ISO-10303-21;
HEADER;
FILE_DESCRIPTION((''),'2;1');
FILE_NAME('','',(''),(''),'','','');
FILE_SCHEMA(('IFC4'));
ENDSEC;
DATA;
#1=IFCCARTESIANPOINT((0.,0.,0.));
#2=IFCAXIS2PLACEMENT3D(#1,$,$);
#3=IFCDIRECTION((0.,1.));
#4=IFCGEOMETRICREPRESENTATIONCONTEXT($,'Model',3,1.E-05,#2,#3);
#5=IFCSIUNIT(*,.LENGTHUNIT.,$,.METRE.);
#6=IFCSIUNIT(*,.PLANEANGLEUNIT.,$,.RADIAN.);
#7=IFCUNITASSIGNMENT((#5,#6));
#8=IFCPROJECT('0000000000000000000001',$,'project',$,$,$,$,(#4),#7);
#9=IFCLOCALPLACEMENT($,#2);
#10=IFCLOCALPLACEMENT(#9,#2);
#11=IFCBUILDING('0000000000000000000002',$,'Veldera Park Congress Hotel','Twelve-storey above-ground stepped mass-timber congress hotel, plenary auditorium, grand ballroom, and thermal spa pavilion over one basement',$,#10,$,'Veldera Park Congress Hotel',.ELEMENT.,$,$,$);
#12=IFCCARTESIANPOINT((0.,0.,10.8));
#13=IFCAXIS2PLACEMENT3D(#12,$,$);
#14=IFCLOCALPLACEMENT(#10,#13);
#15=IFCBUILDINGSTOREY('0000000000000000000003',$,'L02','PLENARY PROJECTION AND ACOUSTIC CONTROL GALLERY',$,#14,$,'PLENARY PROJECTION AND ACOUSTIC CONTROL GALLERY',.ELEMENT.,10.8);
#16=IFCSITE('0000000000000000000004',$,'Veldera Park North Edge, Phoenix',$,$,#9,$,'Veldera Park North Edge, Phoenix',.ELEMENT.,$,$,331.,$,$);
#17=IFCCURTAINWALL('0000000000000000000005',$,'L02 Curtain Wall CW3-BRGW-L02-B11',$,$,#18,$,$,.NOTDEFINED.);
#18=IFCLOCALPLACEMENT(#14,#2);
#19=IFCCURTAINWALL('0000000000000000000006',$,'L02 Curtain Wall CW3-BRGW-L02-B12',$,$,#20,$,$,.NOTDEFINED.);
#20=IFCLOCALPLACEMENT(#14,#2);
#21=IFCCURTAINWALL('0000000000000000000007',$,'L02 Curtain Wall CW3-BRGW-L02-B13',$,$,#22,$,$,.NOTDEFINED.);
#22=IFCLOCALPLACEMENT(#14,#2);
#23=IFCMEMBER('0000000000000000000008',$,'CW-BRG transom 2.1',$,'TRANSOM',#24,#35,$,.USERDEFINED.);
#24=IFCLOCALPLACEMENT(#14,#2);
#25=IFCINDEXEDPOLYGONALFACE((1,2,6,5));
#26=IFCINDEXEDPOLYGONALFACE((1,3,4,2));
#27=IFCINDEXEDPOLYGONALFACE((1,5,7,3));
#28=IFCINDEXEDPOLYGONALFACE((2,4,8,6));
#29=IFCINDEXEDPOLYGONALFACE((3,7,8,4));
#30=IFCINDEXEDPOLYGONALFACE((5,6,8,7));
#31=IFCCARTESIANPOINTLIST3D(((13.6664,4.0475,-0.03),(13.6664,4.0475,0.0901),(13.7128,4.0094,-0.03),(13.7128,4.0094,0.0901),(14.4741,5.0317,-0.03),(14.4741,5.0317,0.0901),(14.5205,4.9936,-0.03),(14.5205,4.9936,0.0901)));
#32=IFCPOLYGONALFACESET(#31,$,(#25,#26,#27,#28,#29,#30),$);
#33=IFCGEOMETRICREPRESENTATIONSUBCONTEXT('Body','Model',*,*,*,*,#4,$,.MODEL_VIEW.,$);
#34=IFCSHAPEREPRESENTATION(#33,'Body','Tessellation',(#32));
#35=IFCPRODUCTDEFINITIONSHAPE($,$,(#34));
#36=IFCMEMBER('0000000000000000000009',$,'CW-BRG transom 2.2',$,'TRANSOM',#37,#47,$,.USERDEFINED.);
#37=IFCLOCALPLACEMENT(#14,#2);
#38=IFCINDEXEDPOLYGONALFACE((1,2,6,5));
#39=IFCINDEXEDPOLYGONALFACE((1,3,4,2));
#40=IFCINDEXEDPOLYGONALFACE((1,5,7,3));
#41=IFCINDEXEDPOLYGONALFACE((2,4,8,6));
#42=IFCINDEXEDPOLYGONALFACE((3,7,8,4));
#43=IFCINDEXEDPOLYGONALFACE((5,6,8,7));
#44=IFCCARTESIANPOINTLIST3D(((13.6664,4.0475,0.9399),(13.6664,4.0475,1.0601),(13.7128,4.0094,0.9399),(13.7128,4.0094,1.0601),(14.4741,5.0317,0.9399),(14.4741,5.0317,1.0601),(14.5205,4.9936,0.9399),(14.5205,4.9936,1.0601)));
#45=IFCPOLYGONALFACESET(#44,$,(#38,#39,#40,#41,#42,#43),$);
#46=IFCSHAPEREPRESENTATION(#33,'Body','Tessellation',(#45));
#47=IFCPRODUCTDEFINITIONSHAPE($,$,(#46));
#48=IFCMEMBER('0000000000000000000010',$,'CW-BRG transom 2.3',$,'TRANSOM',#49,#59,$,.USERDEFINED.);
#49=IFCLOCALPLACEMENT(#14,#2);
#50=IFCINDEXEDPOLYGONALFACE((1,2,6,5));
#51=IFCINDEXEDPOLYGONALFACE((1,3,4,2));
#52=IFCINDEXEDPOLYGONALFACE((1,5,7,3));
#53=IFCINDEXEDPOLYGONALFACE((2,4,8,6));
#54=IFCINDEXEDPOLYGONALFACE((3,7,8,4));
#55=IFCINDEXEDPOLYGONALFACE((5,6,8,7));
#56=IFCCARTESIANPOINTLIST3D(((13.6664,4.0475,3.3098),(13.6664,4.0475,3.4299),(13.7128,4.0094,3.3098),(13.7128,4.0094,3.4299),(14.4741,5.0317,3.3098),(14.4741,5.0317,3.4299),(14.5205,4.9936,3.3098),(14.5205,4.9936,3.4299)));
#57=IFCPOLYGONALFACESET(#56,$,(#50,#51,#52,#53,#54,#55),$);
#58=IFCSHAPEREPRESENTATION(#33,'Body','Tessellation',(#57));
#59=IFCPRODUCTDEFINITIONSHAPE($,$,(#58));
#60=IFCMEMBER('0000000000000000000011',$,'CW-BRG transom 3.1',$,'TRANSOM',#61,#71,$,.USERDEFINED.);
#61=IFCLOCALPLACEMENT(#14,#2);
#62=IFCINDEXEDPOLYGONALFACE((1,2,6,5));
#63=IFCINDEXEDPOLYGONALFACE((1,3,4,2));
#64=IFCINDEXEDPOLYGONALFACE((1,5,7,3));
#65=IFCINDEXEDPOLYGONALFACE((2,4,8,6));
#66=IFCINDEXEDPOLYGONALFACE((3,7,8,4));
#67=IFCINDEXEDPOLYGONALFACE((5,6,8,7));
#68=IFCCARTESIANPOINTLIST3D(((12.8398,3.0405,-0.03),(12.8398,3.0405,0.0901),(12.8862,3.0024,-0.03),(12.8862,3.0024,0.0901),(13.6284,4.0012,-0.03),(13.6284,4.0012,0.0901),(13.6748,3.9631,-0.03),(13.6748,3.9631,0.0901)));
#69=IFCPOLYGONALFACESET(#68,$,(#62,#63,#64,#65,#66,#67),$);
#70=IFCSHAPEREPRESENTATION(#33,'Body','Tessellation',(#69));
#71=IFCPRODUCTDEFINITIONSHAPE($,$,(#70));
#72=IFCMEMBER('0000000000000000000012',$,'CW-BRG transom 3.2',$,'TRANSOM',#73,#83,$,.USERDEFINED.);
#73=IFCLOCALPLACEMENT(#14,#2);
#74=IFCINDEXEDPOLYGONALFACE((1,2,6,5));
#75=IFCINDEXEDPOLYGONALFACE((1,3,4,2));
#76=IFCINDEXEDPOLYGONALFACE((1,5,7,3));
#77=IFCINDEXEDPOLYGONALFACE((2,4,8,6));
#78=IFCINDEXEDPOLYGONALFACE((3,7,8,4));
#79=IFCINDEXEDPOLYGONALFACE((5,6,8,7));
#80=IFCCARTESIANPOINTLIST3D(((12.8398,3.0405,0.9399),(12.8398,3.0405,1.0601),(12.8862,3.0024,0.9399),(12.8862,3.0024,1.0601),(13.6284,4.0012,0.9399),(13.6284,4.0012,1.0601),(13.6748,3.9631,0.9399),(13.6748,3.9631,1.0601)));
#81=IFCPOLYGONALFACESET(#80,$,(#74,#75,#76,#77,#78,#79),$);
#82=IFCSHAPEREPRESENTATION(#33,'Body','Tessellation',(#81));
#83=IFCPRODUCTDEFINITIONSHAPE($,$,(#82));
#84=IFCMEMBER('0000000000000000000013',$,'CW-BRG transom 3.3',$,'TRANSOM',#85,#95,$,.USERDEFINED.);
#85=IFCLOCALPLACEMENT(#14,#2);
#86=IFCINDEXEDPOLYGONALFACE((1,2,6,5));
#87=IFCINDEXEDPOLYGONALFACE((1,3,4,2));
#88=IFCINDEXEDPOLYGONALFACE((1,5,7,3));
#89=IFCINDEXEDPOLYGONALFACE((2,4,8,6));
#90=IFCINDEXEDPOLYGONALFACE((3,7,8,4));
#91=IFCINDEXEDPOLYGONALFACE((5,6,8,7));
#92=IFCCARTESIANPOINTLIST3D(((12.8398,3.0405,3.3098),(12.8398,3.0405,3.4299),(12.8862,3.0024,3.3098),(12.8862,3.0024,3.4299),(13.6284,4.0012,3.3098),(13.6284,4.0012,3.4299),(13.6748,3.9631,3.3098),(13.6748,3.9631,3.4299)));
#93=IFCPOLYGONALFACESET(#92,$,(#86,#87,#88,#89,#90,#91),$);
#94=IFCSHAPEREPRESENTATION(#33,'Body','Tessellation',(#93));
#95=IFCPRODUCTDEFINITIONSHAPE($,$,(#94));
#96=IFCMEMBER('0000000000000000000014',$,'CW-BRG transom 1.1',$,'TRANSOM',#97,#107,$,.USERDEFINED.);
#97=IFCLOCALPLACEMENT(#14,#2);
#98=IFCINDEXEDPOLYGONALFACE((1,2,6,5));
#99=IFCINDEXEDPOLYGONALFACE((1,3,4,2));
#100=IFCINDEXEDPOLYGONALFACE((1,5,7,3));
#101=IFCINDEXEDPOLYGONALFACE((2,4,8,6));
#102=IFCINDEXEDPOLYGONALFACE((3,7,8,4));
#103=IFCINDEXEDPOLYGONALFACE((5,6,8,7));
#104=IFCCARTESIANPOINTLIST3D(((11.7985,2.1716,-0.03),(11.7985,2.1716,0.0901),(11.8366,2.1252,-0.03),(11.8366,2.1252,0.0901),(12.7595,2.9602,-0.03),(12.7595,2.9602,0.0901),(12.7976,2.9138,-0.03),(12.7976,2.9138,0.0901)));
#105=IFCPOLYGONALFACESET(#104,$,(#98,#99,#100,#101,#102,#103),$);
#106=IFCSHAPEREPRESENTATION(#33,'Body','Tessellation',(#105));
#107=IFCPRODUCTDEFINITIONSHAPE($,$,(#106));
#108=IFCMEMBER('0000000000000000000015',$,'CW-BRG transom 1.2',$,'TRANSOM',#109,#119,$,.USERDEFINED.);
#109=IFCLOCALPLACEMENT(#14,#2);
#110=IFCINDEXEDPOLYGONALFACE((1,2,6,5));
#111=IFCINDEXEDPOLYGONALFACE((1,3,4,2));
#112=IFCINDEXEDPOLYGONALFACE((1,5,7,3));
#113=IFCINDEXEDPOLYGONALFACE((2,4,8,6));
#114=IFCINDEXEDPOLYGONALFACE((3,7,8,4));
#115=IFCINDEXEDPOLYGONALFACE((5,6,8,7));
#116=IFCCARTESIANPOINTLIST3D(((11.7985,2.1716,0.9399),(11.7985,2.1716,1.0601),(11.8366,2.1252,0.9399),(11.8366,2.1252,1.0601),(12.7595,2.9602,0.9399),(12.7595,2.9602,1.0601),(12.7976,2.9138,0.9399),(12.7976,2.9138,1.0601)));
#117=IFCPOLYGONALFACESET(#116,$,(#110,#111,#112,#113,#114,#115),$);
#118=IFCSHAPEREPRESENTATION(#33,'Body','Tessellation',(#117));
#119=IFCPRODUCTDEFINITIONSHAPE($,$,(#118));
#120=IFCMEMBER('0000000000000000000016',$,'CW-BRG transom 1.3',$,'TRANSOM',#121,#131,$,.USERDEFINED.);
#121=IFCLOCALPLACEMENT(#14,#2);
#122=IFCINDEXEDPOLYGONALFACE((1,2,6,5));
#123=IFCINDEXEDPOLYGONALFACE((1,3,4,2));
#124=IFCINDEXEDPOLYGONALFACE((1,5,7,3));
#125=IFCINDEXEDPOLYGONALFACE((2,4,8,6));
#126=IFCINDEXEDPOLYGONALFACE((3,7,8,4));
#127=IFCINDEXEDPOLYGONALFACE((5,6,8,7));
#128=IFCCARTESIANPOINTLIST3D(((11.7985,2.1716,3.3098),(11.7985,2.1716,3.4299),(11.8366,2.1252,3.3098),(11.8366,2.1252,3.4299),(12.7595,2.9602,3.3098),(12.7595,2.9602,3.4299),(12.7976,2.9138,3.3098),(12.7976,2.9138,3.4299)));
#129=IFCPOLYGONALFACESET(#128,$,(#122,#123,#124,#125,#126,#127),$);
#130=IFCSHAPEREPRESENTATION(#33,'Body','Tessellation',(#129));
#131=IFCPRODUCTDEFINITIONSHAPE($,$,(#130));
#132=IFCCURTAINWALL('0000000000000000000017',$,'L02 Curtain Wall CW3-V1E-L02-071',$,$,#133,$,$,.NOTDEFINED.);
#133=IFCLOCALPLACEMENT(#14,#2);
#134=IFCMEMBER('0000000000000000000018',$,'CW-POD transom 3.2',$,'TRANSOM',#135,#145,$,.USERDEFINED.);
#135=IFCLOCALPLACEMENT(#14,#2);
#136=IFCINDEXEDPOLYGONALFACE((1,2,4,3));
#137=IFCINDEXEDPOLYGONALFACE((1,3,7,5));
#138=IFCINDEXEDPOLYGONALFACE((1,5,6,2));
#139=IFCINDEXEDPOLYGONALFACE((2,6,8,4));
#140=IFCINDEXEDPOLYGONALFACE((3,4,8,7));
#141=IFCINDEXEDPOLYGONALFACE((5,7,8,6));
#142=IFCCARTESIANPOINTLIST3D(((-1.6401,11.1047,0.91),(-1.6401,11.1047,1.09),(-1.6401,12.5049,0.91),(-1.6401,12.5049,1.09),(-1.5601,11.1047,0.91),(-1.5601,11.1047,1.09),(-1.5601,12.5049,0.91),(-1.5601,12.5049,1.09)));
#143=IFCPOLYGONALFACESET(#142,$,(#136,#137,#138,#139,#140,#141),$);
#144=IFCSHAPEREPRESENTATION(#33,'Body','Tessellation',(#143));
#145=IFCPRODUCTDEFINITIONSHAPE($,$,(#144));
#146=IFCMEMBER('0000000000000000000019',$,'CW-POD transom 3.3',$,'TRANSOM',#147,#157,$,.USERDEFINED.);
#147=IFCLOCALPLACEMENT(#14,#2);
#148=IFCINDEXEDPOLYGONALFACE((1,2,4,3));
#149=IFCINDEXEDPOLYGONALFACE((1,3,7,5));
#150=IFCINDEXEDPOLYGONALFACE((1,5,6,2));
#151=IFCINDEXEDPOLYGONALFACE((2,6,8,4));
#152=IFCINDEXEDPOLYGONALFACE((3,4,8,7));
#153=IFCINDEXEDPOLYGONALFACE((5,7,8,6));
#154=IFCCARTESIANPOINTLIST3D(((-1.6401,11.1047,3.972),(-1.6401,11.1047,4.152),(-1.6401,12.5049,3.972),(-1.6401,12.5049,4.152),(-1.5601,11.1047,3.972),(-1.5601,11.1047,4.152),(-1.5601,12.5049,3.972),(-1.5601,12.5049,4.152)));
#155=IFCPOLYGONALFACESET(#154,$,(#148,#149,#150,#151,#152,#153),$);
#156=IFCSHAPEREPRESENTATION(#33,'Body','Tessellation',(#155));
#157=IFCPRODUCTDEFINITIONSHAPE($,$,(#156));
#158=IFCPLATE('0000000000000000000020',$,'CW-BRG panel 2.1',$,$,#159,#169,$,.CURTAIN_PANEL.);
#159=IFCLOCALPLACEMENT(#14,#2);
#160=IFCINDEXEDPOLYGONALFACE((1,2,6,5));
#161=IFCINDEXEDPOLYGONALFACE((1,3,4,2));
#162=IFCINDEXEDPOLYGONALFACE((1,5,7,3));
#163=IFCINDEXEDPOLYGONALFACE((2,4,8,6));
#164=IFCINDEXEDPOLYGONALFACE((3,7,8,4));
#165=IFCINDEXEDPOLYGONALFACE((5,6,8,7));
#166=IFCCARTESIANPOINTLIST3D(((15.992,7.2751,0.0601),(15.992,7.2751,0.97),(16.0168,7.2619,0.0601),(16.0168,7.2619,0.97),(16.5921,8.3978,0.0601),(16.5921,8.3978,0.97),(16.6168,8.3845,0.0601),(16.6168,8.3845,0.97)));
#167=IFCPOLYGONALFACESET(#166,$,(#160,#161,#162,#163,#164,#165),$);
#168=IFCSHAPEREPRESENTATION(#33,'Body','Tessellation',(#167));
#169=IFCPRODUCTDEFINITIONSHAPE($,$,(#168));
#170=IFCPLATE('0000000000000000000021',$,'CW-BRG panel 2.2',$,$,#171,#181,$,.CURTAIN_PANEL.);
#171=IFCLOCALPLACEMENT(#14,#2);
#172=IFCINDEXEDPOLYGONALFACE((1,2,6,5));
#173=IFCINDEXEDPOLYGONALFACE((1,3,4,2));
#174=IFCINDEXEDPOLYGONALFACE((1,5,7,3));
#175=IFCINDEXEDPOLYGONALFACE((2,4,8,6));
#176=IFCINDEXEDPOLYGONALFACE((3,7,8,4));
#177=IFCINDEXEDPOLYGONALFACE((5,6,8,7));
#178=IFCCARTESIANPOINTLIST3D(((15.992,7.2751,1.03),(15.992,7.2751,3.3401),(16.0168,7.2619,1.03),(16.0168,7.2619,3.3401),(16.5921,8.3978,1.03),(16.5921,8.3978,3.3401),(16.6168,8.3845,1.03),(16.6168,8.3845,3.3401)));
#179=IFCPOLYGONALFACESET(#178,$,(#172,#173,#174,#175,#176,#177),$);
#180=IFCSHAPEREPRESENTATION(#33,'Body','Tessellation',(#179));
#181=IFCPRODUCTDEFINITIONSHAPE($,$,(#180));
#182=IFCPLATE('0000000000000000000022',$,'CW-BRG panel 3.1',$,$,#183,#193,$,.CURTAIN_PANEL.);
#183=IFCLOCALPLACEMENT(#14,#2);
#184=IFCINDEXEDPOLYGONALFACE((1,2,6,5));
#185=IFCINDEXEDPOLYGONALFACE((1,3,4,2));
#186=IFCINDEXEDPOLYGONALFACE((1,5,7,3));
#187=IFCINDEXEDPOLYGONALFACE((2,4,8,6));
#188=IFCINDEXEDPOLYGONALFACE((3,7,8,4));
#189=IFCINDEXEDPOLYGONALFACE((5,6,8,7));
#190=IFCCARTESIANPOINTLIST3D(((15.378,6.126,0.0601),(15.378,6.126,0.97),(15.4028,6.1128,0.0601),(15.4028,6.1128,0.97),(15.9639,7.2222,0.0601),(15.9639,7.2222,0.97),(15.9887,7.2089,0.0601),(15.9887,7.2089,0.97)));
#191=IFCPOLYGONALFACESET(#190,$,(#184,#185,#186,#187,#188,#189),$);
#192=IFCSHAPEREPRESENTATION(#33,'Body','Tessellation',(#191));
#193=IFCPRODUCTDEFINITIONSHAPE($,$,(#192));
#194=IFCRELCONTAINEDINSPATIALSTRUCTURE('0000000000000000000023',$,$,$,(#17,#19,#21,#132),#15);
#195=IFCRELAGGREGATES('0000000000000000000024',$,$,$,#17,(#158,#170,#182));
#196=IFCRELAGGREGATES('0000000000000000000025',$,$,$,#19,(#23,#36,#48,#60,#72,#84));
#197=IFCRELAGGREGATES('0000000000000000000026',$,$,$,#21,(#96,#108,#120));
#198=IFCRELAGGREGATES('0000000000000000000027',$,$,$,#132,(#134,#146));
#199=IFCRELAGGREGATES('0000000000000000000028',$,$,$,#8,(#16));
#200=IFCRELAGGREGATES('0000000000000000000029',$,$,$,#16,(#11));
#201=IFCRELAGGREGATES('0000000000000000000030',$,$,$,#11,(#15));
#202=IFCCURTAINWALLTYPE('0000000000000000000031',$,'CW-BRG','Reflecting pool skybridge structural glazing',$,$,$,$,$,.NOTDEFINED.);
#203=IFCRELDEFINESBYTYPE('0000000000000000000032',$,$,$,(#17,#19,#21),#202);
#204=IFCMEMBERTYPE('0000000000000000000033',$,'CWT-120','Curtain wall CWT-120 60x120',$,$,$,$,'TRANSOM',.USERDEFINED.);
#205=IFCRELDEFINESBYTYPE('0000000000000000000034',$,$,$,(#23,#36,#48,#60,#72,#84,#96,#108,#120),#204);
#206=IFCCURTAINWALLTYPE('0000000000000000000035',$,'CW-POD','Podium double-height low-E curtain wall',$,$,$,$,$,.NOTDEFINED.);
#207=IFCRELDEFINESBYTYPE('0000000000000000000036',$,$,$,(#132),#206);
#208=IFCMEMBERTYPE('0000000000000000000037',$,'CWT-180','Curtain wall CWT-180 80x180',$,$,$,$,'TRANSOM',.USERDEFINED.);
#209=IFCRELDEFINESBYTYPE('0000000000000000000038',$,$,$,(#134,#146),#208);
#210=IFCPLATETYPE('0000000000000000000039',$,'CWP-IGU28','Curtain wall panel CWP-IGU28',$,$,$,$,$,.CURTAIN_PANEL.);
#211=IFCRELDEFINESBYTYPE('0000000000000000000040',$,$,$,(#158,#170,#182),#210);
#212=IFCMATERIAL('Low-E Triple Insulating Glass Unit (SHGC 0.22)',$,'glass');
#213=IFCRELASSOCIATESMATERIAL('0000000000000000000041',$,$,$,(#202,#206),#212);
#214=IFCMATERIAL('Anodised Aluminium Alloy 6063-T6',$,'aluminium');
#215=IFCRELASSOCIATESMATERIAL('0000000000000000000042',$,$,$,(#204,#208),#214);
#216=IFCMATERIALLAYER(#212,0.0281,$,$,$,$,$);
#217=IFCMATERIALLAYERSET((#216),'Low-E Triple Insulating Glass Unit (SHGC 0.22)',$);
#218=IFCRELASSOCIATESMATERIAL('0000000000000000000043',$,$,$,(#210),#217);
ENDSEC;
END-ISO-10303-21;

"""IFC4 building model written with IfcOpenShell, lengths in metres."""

from ifc_helpers import new_model, si_unit, direction, frame, origin, origin_2d, place, context, subcontext, project, spatial, rectangle, extrude, material, layer, layer_set, material_profile, profile_set, type_object, element, aggregate, save


model = new_model("IFC4")

# Units and contexts
model_context = context("Model", 3, precision=1e-05, world=origin(), true_north=direction((0.0, 1.0)))
body_context = subcontext(model_context, "Body", "Model", "MODEL_VIEW")
ifc_project = project(units=[si_unit("LENGTHUNIT", "METRE"), si_unit("PLANEANGLEUNIT", "RADIAN")], contexts=[model_context])

# Site, building, storey
site_placement = place(None, origin())
site = spatial("IfcSite", under=ifc_project, at=site_placement, Name="Veldera Park North Edge, Phoenix", LongName="Veldera Park North Edge, Phoenix", CompositionType="ELEMENT", RefElevation=331.0)
building_placement = place(site_placement, origin())
building = spatial("IfcBuilding", under=site, at=building_placement, Name="Veldera Park Congress Hotel", Description="Twelve-storey above-ground stepped mass-timber congress hotel, plenary auditorium, grand ballroom, and thermal spa pavilion over one basement", LongName="Veldera Park Congress Hotel", CompositionType="ELEMENT")
storey_placement = place(building_placement, frame((0.0, 0.0, 10.8)))
storey = spatial("IfcBuildingStorey", under=building, at=storey_placement, Name="L02", Description="PLENARY PROJECTION AND ACOUSTIC CONTROL GALLERY", LongName="PLENARY PROJECTION AND ACOUSTIC CONTROL GALLERY", CompositionType="ELEMENT", Elevation=10.8)

# Curtain walls
ifc_material_1 = material(Name="Low-E Triple Insulating Glass Unit (SHGC 0.22)", Category="glass")
curtain_wall_type_1 = type_object("IfcCurtainWallType", Name="CW-BRG", Description="Reflecting pool skybridge structural glazing", PredefinedType="NOTDEFINED", material=ifc_material_1)
curtain_wall_1_placement = place(storey_placement, origin())
curtain_wall_1 = element("IfcCurtainWall", 1, at=curtain_wall_1_placement, inside=storey, type_object=curtain_wall_type_1, Name="L02 Curtain Wall CW3-BRGW-L02-B11", PredefinedType="NOTDEFINED")
ifc_material_2 = material(Name="Anodised Aluminium Alloy 6063-T6", Category="aluminium")
curtain_wall_2_placement = place(storey_placement, origin())
curtain_wall_2 = element("IfcCurtainWall", 2, at=curtain_wall_2_placement, inside=storey, type_object=curtain_wall_type_1, Name="L02 Curtain Wall CW3-BRGW-L02-B12", PredefinedType="NOTDEFINED")

# Curtain wall
curtain_wall_3_placement = place(storey_placement, origin())
curtain_wall_3 = element("IfcCurtainWall", 3, at=curtain_wall_3_placement, inside=storey, type_object=curtain_wall_type_1, Name="L02 Curtain Wall CW3-BRGW-L02-B13", PredefinedType="NOTDEFINED")

# Members
ifc_material_profile_1 = material_profile(ifc_material_2, rectangle(XDim=0.0601, YDim=0.1201, at=origin_2d()), Name="ALU 60x120")
ifc_profile_set_1 = profile_set([ifc_material_profile_1], Name="Anodised Aluminium Alloy 6063-T6")
member_type_1 = type_object("IfcMemberType", Name="CWT-120", Description="Curtain wall CWT-120 60x120", ElementType="TRANSOM", PredefinedType="USERDEFINED", material=ifc_profile_set_1)
member_1_placement = place(storey_placement, frame((14.4973, 5.0127, 0.03), z_axis=(-0.634375, -0.773025, 0.0), x_axis=(0.773025, -0.634375, 0.0)))
member_1 = element("IfcMember", 4, at=member_1_placement, type_object=member_type_1, Name="CW-BRG transom 2.1", ObjectType="TRANSOM", PredefinedType="USERDEFINED", context=body_context, shape_type="SweptSolid", body=[
    extrude(rectangle(XDim=0.0601, YDim=0.1201, at=origin_2d()), origin(), (0.0, 0.0, 1.0), 1.2732),
])
member_2_placement = place(storey_placement, frame((14.4973, 5.0127, 1.0), z_axis=(-0.634375, -0.773025, 0.0), x_axis=(0.773025, -0.634375, 0.0)))
member_2 = element("IfcMember", 5, at=member_2_placement, type_object=member_type_1, Name="CW-BRG transom 2.2", ObjectType="TRANSOM", PredefinedType="USERDEFINED", context=body_context, shape_type="SweptSolid", body=[
    extrude(rectangle(XDim=0.0601, YDim=0.1201, at=origin_2d()), origin(), (0.0, 0.0, 1.0), 1.2732),
])
member_3_placement = place(storey_placement, frame((14.4973, 5.0127, 3.3699), z_axis=(-0.634375, -0.773025, 0.0), x_axis=(0.773025, -0.634375, 0.0)))
member_3 = element("IfcMember", 6, at=member_3_placement, type_object=member_type_1, Name="CW-BRG transom 2.3", ObjectType="TRANSOM", PredefinedType="USERDEFINED", context=body_context, shape_type="SweptSolid", body=[
    extrude(rectangle(XDim=0.0601, YDim=0.1201, at=origin_2d()), origin(), (0.0, 0.0, 1.0), 1.2732),
])
member_4_placement = place(storey_placement, frame((13.6516, 3.9822, 0.03), z_axis=(-0.634467, -0.77295, 0.0), x_axis=(0.77295, -0.634467, 0.0)))
member_4 = element("IfcMember", 7, at=member_4_placement, type_object=member_type_1, Name="CW-BRG transom 3.1", ObjectType="TRANSOM", PredefinedType="USERDEFINED", context=body_context, shape_type="SweptSolid", body=[
    extrude(rectangle(XDim=0.0601, YDim=0.1201, at=origin_2d()), origin(), (0.0, 0.0, 1.0), 1.2429),
])
member_5_placement = place(storey_placement, frame((13.6516, 3.9822, 1.0), z_axis=(-0.634467, -0.77295, 0.0), x_axis=(0.77295, -0.634467, 0.0)))
member_5 = element("IfcMember", 8, at=member_5_placement, type_object=member_type_1, Name="CW-BRG transom 3.2", ObjectType="TRANSOM", PredefinedType="USERDEFINED", context=body_context, shape_type="SweptSolid", body=[
    extrude(rectangle(XDim=0.0601, YDim=0.1201, at=origin_2d()), origin(), (0.0, 0.0, 1.0), 1.2429),
])
member_6_placement = place(storey_placement, frame((13.6516, 3.9822, 3.3699), z_axis=(-0.634467, -0.77295, 0.0), x_axis=(0.77295, -0.634467, 0.0)))
member_6 = element("IfcMember", 9, at=member_6_placement, type_object=member_type_1, Name="CW-BRG transom 3.3", ObjectType="TRANSOM", PredefinedType="USERDEFINED", context=body_context, shape_type="SweptSolid", body=[
    extrude(rectangle(XDim=0.0601, YDim=0.1201, at=origin_2d()), origin(), (0.0, 0.0, 1.0), 1.2429),
])
member_7_placement = place(storey_placement, frame((12.7786, 2.937, 0.03), z_axis=(-0.773029, -0.634371, 0.0), x_axis=(0.634371, -0.773029, 0.0)))
member_7 = element("IfcMember", 10, at=member_7_placement, type_object=member_type_1, Name="CW-BRG transom 1.1", ObjectType="TRANSOM", PredefinedType="USERDEFINED", context=body_context, shape_type="SweptSolid", body=[
    extrude(rectangle(XDim=0.0601, YDim=0.1201, at=origin_2d()), origin(), (0.0, 0.0, 1.0), 1.2432),
])
member_8_placement = place(storey_placement, frame((12.7786, 2.937, 1.0), z_axis=(-0.773029, -0.634371, 0.0), x_axis=(0.634371, -0.773029, 0.0)))
member_8 = element("IfcMember", 11, at=member_8_placement, type_object=member_type_1, Name="CW-BRG transom 1.2", ObjectType="TRANSOM", PredefinedType="USERDEFINED", context=body_context, shape_type="SweptSolid", body=[
    extrude(rectangle(XDim=0.0601, YDim=0.1201, at=origin_2d()), origin(), (0.0, 0.0, 1.0), 1.2432),
])
member_9_placement = place(storey_placement, frame((12.7786, 2.937, 3.3699), z_axis=(-0.773029, -0.634371, 0.0), x_axis=(0.634371, -0.773029, 0.0)))
member_9 = element("IfcMember", 12, at=member_9_placement, type_object=member_type_1, Name="CW-BRG transom 1.3", ObjectType="TRANSOM", PredefinedType="USERDEFINED", context=body_context, shape_type="SweptSolid", body=[
    extrude(rectangle(XDim=0.0601, YDim=0.1201, at=origin_2d()), origin(), (0.0, 0.0, 1.0), 1.2432),
])

# Curtain wall, members
curtain_wall_type_2 = type_object("IfcCurtainWallType", Name="CW-POD", Description="Podium double-height low-E curtain wall", PredefinedType="NOTDEFINED", material=ifc_material_1)
curtain_wall_4_placement = place(storey_placement, origin())
curtain_wall_4 = element("IfcCurtainWall", 13, at=curtain_wall_4_placement, inside=storey, type_object=curtain_wall_type_2, Name="L02 Curtain Wall CW3-V1E-L02-071", PredefinedType="NOTDEFINED")
ifc_material_profile_2 = material_profile(ifc_material_2, rectangle(XDim=0.0801, YDim=0.1799, at=origin_2d()), Name="ALU 80x180")
ifc_profile_set_2 = profile_set([ifc_material_profile_2], Name="Anodised Aluminium Alloy 6063-T6")
member_type_2 = type_object("IfcMemberType", Name="CWT-180", Description="Curtain wall CWT-180 80x180", ElementType="TRANSOM", PredefinedType="USERDEFINED", material=ifc_profile_set_2)
member_10_placement = place(storey_placement, frame((-1.6001, 11.1047, 1.0), z_axis=(0.0, 1.0, 0.0), x_axis=(-1.0, 0.0, 0.0)))
member_10 = element("IfcMember", 14, at=member_10_placement, type_object=member_type_2, Name="CW-POD transom 3.2", ObjectType="TRANSOM", PredefinedType="USERDEFINED", context=body_context, shape_type="SweptSolid", body=[
    extrude(rectangle(XDim=0.0801, YDim=0.1799, at=origin_2d()), origin(), (0.0, 0.0, 1.0), 1.4001),
])
member_11_placement = place(storey_placement, frame((-1.6001, 11.1047, 4.062), z_axis=(0.0, 1.0, 0.0), x_axis=(-1.0, 0.0, 0.0)))
member_11 = element("IfcMember", 15, at=member_11_placement, type_object=member_type_2, Name="CW-POD transom 3.3", ObjectType="TRANSOM", PredefinedType="USERDEFINED", context=body_context, shape_type="SweptSolid", body=[
    extrude(rectangle(XDim=0.0801, YDim=0.1799, at=origin_2d()), origin(), (0.0, 0.0, 1.0), 1.4001),
])

# Plates
ifc_layer_1 = layer(ifc_material_1, 0.0281)
ifc_layer_set_1 = layer_set([ifc_layer_1], Name="Low-E Triple Insulating Glass Unit (SHGC 0.22)")
plate_type_1 = type_object("IfcPlateType", Name="CWP-IGU28", Description="Curtain wall panel CWP-IGU28", PredefinedType="CURTAIN_PANEL", material=ifc_layer_set_1)
plate_1_placement = place(storey_placement, frame((16.3044, 7.8298, 0.0601), z_axis=(0.0, 0.0, 1.0), x_axis=(-0.471384, -0.881928, 0.0)))
plate_1 = element("IfcPlate", 16, at=plate_1_placement, type_object=plate_type_1, Name="CW-BRG panel 2.1", PredefinedType="CURTAIN_PANEL", context=body_context, shape_type="SweptSolid", body=[
    extrude(rectangle(XDim=1.2729, YDim=0.0281, at=origin_2d()), origin(), (0.0, 0.0, 1.0), 0.9099),
])
plate_2_placement = place(storey_placement, frame((16.3044, 7.8298, 1.03), z_axis=(0.0, 0.0, 1.0), x_axis=(-0.471384, -0.881928, 0.0)))
plate_2 = element("IfcPlate", 17, at=plate_2_placement, type_object=plate_type_1, Name="CW-BRG panel 2.2", PredefinedType="CURTAIN_PANEL", context=body_context, shape_type="SweptSolid", body=[
    extrude(rectangle(XDim=1.2729, YDim=0.0281, at=origin_2d()), origin(), (0.0, 0.0, 1.0), 2.3101),
])
plate_3_placement = place(storey_placement, frame((15.6833, 6.6675, 0.0601), z_axis=(0.0, 0.0, 1.0), x_axis=(-0.471384, -0.881928, 0.0)))
plate_3 = element("IfcPlate", 18, at=plate_3_placement, type_object=plate_type_1, Name="CW-BRG panel 3.1", PredefinedType="CURTAIN_PANEL", context=body_context, shape_type="SweptSolid", body=[
    extrude(rectangle(XDim=1.2429, YDim=0.0281, at=origin_2d()), origin(), (0.0, 0.0, 1.0), 0.9099),
])
aggregate(curtain_wall_1, [plate_1, plate_2, plate_3])
aggregate(curtain_wall_2, [member_1, member_2, member_3, member_4, member_5, member_6])
aggregate(curtain_wall_3, [member_7, member_8, member_9])
aggregate(curtain_wall_4, [member_10, member_11])

save(model, "model.ifc")
